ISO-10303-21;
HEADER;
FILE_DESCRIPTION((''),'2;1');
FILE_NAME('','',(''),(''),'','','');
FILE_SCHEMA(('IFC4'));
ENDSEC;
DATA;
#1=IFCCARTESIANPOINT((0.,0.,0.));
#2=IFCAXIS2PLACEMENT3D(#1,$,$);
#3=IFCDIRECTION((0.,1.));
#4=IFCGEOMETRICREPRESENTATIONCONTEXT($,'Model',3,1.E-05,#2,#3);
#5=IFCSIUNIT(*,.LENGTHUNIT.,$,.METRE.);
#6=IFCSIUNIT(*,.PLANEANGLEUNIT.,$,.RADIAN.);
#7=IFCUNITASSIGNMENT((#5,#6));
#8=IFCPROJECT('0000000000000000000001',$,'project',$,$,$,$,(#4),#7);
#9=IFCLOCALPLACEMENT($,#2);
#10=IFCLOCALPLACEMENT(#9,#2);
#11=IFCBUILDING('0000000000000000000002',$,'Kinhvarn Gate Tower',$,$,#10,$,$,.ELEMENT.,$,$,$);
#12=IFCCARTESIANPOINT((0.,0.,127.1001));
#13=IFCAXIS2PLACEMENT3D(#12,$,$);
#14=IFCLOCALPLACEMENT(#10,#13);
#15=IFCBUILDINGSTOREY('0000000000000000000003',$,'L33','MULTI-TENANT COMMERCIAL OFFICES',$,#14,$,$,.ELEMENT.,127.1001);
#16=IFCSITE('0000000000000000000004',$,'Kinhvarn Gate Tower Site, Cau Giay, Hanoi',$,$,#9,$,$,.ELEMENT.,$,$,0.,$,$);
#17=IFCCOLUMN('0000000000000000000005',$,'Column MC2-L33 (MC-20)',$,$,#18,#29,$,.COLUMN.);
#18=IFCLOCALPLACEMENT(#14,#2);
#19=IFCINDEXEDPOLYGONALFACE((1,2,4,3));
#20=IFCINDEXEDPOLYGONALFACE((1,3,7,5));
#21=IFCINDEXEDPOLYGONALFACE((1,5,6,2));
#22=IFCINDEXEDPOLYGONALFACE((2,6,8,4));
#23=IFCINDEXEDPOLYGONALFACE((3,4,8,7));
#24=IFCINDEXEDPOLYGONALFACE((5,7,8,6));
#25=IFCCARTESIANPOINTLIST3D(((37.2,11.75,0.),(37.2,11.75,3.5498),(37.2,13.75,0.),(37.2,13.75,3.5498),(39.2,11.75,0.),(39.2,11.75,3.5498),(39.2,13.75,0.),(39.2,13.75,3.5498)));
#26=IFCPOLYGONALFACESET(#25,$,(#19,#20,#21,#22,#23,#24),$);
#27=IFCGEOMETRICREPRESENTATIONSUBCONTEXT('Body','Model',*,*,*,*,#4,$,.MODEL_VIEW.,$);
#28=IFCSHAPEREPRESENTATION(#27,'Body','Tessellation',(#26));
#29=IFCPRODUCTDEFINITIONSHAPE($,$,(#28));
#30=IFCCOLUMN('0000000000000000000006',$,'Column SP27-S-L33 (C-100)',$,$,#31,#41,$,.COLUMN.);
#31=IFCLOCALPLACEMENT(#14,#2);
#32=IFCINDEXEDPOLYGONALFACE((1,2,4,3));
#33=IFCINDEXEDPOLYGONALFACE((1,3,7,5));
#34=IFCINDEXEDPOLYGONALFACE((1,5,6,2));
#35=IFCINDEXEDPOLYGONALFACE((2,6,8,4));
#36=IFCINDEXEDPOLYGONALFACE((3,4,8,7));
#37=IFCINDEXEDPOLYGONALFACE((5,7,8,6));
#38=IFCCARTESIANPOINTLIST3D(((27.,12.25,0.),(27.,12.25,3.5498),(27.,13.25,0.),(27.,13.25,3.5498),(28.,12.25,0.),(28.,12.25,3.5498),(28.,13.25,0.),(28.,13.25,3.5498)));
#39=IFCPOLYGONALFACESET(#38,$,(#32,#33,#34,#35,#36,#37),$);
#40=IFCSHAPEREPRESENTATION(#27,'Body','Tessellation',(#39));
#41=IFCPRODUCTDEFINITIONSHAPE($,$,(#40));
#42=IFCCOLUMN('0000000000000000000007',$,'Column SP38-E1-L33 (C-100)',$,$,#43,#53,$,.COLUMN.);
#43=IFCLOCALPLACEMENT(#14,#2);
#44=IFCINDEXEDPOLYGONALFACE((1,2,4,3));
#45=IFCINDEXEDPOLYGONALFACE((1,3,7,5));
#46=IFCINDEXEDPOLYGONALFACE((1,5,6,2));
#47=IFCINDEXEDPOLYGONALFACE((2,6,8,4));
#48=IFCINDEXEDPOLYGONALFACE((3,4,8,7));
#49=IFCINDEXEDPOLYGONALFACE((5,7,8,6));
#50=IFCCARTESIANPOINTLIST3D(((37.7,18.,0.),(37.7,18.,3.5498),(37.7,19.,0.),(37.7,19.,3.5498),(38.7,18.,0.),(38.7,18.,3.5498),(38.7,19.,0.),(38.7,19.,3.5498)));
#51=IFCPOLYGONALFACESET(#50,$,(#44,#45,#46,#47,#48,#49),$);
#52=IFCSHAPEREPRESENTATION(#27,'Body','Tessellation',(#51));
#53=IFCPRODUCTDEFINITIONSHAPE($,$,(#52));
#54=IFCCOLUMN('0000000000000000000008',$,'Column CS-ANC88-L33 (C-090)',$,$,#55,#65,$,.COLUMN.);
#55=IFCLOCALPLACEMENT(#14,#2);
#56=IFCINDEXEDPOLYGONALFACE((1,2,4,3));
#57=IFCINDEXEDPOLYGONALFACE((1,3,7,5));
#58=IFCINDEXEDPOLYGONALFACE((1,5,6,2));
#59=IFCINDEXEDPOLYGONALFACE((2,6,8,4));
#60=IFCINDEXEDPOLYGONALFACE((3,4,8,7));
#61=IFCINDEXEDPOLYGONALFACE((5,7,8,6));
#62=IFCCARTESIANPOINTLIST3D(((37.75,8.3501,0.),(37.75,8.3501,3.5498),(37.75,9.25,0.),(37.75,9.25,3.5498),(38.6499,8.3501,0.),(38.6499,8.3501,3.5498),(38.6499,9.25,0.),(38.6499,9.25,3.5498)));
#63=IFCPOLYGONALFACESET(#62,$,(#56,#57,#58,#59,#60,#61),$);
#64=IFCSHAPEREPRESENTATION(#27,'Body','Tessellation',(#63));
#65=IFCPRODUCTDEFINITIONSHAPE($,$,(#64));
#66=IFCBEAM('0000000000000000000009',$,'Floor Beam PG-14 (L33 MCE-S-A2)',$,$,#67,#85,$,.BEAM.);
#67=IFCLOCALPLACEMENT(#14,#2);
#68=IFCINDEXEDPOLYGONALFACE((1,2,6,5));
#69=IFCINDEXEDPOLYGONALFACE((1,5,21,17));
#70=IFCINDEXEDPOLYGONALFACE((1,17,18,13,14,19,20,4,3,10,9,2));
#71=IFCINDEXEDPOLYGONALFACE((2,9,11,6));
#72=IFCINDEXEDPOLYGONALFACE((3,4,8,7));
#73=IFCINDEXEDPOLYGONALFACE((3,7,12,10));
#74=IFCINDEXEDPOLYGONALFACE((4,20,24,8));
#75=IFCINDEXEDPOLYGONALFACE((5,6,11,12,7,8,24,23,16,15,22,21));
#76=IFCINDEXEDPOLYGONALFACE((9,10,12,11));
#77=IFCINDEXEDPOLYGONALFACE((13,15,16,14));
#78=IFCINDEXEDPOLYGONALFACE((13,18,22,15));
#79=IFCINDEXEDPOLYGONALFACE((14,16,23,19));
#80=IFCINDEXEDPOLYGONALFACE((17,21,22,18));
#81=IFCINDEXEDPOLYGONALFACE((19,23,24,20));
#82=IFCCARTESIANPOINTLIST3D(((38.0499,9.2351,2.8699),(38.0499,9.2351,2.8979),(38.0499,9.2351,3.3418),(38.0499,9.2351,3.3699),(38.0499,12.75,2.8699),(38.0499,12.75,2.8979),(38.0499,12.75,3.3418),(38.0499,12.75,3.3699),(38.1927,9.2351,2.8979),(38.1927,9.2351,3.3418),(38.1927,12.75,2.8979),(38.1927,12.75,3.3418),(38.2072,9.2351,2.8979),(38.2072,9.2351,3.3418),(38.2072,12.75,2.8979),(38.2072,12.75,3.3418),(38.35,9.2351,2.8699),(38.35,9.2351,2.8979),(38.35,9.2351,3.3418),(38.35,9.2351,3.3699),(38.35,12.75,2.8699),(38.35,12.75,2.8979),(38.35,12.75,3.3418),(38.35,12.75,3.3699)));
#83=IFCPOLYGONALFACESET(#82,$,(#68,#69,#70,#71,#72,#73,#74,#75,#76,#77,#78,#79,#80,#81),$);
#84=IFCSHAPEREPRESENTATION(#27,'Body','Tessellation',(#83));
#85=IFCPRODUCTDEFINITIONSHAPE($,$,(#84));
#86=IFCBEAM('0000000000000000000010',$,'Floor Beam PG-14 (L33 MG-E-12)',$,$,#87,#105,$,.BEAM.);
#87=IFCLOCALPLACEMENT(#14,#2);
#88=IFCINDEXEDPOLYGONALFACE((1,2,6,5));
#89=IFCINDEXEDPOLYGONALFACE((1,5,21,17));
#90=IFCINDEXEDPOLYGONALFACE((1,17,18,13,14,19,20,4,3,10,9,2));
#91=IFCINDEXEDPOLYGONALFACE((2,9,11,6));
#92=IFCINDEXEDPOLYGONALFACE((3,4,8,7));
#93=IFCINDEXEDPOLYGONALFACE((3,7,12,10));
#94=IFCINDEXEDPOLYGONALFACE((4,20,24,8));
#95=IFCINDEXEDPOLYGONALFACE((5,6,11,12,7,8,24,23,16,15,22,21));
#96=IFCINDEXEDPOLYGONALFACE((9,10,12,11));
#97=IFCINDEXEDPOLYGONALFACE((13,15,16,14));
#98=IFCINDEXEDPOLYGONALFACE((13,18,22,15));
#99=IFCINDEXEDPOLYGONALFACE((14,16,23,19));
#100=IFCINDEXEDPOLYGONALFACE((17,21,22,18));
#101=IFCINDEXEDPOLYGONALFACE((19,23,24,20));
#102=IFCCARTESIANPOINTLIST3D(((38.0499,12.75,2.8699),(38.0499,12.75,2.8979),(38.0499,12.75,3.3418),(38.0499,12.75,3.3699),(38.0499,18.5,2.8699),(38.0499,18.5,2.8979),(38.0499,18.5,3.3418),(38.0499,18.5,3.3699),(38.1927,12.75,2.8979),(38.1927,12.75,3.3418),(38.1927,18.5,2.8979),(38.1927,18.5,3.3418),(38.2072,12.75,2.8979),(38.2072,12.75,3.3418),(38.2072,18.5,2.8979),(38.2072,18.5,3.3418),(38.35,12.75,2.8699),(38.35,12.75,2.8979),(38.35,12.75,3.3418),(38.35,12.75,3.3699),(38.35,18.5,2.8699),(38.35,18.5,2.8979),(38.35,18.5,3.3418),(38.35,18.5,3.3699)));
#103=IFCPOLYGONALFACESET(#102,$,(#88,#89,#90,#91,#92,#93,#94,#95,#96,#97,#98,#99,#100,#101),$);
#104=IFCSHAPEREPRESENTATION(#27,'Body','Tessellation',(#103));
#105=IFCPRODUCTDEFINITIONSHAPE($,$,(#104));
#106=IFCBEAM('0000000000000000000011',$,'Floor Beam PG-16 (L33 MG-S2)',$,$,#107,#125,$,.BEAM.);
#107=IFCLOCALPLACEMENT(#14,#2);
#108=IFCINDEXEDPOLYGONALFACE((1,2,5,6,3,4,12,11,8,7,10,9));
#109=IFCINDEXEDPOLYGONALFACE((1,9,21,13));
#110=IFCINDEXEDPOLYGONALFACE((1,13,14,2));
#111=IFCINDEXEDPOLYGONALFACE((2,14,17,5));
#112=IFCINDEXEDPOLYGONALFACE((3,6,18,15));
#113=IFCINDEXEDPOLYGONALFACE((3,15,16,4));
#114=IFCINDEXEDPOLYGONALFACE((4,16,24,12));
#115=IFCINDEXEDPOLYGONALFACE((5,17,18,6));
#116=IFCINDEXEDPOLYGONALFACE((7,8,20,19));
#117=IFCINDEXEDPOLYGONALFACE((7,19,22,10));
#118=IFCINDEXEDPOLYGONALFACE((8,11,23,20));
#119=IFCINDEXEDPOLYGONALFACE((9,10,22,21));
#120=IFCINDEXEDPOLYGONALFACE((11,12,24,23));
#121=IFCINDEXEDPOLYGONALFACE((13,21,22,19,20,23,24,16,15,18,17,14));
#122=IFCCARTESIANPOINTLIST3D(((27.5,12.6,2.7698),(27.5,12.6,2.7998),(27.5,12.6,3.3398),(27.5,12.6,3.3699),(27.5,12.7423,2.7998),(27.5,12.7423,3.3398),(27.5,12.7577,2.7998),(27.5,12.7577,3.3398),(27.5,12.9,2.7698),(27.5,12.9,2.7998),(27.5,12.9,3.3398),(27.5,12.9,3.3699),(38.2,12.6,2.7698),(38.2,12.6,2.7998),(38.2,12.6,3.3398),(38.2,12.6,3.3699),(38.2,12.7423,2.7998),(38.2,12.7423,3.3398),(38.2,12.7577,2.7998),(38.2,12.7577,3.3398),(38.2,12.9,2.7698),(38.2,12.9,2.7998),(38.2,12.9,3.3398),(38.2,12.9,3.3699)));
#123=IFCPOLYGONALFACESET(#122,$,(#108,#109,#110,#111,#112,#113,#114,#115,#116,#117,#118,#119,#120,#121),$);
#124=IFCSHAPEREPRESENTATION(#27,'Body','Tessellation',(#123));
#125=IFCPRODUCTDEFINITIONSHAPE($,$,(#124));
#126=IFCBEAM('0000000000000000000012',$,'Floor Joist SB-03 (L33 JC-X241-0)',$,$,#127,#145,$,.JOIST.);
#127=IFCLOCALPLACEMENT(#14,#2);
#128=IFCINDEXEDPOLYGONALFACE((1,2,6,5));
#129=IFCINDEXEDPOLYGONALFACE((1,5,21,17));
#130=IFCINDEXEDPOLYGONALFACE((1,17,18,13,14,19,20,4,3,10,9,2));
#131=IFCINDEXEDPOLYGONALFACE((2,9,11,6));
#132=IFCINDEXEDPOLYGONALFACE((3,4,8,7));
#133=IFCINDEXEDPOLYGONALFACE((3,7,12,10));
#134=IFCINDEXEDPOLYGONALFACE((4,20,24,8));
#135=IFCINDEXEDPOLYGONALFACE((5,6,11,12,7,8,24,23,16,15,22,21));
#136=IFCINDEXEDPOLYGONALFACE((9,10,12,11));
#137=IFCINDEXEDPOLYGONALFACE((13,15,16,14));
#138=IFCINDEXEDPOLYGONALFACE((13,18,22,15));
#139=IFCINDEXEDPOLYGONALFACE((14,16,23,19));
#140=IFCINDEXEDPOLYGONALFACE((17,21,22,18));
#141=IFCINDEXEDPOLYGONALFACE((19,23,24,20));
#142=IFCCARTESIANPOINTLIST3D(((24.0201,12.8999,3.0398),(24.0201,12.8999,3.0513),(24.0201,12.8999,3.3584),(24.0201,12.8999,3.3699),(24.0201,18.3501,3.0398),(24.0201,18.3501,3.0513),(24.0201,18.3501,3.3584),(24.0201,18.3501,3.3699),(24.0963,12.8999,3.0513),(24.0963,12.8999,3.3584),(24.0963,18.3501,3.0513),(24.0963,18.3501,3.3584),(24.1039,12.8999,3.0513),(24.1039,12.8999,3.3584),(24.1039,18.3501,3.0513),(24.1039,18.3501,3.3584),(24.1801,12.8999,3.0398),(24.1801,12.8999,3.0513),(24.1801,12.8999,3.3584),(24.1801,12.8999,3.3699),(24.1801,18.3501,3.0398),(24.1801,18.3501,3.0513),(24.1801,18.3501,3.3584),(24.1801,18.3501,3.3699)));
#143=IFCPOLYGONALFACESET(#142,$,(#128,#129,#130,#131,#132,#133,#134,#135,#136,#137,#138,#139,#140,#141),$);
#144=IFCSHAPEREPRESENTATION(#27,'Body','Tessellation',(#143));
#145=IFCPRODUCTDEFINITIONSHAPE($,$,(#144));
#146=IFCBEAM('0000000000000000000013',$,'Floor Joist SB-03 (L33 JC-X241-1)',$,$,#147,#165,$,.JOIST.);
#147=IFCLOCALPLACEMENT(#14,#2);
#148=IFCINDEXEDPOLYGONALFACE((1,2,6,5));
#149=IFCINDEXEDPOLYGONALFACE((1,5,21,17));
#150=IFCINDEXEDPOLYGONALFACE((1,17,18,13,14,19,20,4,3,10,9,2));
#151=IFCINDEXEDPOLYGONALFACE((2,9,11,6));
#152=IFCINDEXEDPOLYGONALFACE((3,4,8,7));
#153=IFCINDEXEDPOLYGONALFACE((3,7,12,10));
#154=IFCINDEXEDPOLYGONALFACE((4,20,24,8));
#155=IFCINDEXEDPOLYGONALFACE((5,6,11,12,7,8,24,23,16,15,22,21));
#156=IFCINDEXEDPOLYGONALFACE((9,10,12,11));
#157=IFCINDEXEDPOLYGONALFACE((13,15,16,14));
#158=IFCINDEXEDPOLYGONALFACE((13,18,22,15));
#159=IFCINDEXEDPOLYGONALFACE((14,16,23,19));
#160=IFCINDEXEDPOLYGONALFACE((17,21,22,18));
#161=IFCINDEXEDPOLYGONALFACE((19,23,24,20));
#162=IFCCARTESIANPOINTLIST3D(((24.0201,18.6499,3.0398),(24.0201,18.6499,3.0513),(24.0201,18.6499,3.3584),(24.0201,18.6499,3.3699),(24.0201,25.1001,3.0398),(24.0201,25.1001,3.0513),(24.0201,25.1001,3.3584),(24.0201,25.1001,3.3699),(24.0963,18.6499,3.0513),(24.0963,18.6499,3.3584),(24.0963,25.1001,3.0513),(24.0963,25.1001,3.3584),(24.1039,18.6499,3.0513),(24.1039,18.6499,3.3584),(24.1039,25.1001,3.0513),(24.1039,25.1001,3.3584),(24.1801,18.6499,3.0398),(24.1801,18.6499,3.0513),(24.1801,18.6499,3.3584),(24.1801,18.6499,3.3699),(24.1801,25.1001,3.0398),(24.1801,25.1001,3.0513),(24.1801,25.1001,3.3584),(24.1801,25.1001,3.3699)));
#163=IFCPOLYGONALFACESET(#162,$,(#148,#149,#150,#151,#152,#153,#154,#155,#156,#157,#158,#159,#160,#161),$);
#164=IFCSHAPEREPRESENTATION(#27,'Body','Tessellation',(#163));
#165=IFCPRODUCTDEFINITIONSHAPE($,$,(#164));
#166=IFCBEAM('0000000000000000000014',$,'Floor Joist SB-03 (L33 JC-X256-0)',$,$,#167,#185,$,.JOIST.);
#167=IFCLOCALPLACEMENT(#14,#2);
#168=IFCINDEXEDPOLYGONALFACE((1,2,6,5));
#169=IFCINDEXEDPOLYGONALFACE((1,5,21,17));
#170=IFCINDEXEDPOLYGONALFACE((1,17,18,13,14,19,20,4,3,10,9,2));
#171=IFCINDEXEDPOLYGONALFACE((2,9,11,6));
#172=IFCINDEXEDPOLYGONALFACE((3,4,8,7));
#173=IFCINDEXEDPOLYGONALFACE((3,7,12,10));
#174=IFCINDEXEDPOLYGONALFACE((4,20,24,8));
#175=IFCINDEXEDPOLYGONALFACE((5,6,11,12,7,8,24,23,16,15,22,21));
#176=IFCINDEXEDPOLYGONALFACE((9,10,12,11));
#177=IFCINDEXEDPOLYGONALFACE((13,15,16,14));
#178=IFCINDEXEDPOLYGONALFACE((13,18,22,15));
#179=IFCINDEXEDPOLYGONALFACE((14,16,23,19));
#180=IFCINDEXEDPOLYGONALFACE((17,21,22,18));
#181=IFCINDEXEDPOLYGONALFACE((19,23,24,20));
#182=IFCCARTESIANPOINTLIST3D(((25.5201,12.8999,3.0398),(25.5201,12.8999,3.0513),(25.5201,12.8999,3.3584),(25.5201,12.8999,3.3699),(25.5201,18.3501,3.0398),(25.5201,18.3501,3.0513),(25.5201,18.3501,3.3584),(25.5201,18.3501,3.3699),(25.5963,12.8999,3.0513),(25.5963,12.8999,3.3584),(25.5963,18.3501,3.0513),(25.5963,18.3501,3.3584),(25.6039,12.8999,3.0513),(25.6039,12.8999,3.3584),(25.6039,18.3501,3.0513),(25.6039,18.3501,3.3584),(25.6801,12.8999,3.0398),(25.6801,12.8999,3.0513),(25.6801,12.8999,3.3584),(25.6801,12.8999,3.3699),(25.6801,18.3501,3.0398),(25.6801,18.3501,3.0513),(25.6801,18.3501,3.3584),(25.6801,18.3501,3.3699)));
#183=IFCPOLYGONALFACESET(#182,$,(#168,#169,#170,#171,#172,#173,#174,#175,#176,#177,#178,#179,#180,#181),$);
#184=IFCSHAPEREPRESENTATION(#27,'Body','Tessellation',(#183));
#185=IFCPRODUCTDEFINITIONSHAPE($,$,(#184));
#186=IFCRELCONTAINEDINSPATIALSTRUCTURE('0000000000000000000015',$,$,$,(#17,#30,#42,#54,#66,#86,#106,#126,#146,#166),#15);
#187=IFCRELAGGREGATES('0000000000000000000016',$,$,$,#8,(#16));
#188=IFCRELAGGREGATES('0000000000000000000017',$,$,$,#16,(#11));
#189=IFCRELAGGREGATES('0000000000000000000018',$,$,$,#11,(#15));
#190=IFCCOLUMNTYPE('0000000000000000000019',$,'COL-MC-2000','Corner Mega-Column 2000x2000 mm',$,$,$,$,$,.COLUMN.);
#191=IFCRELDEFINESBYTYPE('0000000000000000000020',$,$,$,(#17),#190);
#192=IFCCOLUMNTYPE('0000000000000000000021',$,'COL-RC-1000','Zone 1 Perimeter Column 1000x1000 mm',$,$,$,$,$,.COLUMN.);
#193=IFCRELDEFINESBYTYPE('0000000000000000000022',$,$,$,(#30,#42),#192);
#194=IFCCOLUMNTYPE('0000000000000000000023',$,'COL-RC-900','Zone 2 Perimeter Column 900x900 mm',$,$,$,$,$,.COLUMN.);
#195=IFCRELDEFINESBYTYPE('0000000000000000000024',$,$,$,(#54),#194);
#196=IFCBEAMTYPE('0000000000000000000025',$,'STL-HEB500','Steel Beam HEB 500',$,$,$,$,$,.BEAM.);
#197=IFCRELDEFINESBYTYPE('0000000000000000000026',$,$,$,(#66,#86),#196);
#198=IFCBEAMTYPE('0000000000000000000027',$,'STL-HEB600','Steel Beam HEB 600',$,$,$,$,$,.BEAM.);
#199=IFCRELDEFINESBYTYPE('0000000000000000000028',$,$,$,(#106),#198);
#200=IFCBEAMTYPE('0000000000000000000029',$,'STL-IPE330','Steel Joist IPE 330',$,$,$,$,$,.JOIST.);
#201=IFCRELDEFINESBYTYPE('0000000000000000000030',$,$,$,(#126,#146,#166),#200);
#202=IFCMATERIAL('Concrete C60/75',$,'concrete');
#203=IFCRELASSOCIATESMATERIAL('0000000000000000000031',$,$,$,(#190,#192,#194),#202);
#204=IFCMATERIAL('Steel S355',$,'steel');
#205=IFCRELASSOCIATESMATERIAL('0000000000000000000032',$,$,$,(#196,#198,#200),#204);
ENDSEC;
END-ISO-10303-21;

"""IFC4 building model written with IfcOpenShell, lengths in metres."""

from ifc_helpers import new_model, si_unit, direction, frame, origin, origin_2d, place, context, subcontext, project, spatial, rectangle, i_section, extrude, material, material_profile, profile_set, type_object, element, save


model = new_model("IFC4")

# Units and contexts
model_context = context("Model", 3, precision=1e-05, world=origin(), true_north=direction((0.0, 1.0)))
body_context = subcontext(model_context, "Body", "Model", "MODEL_VIEW")
ifc_project = project(units=[si_unit("LENGTHUNIT", "METRE"), si_unit("PLANEANGLEUNIT", "RADIAN")], contexts=[model_context])

# Site, building, storey
site_placement = place(None, origin())
site = spatial("IfcSite", under=ifc_project, at=site_placement, Name="Kinhvarn Gate Tower Site, Cau Giay, Hanoi", CompositionType="ELEMENT", RefElevation=0.0)
building_placement = place(site_placement, origin())
building = spatial("IfcBuilding", under=site, at=building_placement, Name="Kinhvarn Gate Tower", CompositionType="ELEMENT")
storey_placement = place(building_placement, frame((0.0, 0.0, 127.1001)))
storey = spatial("IfcBuildingStorey", under=building, at=storey_placement, Name="L33", Description="MULTI-TENANT COMMERCIAL OFFICES", CompositionType="ELEMENT", Elevation=127.1001)

# Columns
ifc_material_1 = material(Name="Concrete C60/75", Category="concrete")
ifc_material_profile_1 = material_profile(ifc_material_1, rectangle(XDim=2.0, YDim=2.0, at=origin_2d()), Name="RC 2000x2000")
ifc_profile_set_1 = profile_set([ifc_material_profile_1], Name="Concrete C60/75")
column_type_1 = type_object("IfcColumnType", Name="COL-MC-2000", Description="Corner Mega-Column 2000x2000 mm", PredefinedType="COLUMN", material=ifc_profile_set_1)
column_1_placement = place(storey_placement, frame((38.2, 12.75, 0.0), z_axis=(0.0, 0.0, 1.0), x_axis=(1.0, 0.0, 0.0)))
element("IfcColumn", 1, at=column_1_placement, inside=storey, type_object=column_type_1, Name="Column MC2-L33 (MC-20)", PredefinedType="COLUMN", context=body_context, shape_type="SweptSolid", body=[
    extrude(rectangle(XDim=2.0, YDim=2.0, at=origin_2d()), origin(), (0.0, 0.0, 1.0), 3.5498),
])
ifc_material_profile_2 = material_profile(ifc_material_1, rectangle(XDim=1.0, YDim=1.0, at=origin_2d()), Name="RC 1000x1000")
ifc_profile_set_2 = profile_set([ifc_material_profile_2], Name="Concrete C60/75")
column_type_2 = type_object("IfcColumnType", Name="COL-RC-1000", Description="Zone 1 Perimeter Column 1000x1000 mm", PredefinedType="COLUMN", material=ifc_profile_set_2)
for number, where, z_axis, x_axis, name in (
    (2, (27.5, 12.75, 0.0), (0.0, 0.0, 1.0), (1.0, 0.0, 0.0), "Column SP27-S-L33 (C-100)"),
    (3, (38.2, 18.5, 0.0), (0.0, 0.0, 1.0), (1.0, 0.0, 0.0), "Column SP38-E1-L33 (C-100)"),
):
    element("IfcColumn", number, at=place(storey_placement, frame(where, z_axis=z_axis, x_axis=x_axis)), inside=storey, type_object=column_type_2, Name=name, PredefinedType="COLUMN", context=body_context, shape_type="SweptSolid", body=[
        extrude(rectangle(XDim=1.0, YDim=1.0, at=origin_2d()), origin(), (0.0, 0.0, 1.0), 3.5498),
    ])
ifc_material_profile_3 = material_profile(ifc_material_1, rectangle(XDim=0.8999, YDim=0.8999, at=origin_2d()), Name="RC 900x900")
ifc_profile_set_3 = profile_set([ifc_material_profile_3], Name="Concrete C60/75")
column_type_3 = type_object("IfcColumnType", Name="COL-RC-900", Description="Zone 2 Perimeter Column 900x900 mm", PredefinedType="COLUMN", material=ifc_profile_set_3)
column_2_placement = place(storey_placement, frame((38.2, 8.8, 0.0), z_axis=(0.0, 0.0, 1.0), x_axis=(1.0, 0.0, 0.0)))
element("IfcColumn", 4, at=column_2_placement, inside=storey, type_object=column_type_3, Name="Column CS-ANC88-L33 (C-090)", PredefinedType="COLUMN", context=body_context, shape_type="SweptSolid", body=[
    extrude(rectangle(XDim=0.8999, YDim=0.8999, at=origin_2d()), origin(), (0.0, 0.0, 1.0), 3.5498),
])

# Beams
ifc_material_2 = material(Name="Steel S355", Category="steel")
ifc_material_profile_4 = material_profile(ifc_material_2, i_section(OverallWidth=0.3, OverallDepth=0.5, WebThickness=0.0144, FlangeThickness=0.0281, at=origin_2d()), Name="HEB 500")
ifc_profile_set_4 = profile_set([ifc_material_profile_4], Name="Steel S355")
beam_type_1 = type_object("IfcBeamType", Name="STL-HEB500", Description="Steel Beam HEB 500", PredefinedType="BEAM", material=ifc_profile_set_4)
beam_1_placement = place(storey_placement, frame((38.2, 9.2351, 3.1199), z_axis=(0.0, 1.0, 0.0), x_axis=(-1.0, 0.0, 0.0)))
element("IfcBeam", 5, at=beam_1_placement, inside=storey, type_object=beam_type_1, Name="Floor Beam PG-14 (L33 MCE-S-A2)", PredefinedType="BEAM", context=body_context, shape_type="SweptSolid", body=[
    extrude(i_section(OverallWidth=0.3, OverallDepth=0.5, WebThickness=0.0144, FlangeThickness=0.0281, at=origin_2d()), origin(), (0.0, 0.0, 1.0), 3.5149),
])
beam_2_placement = place(storey_placement, frame((38.2, 12.75, 3.1199), z_axis=(0.0, 1.0, 0.0), x_axis=(-1.0, 0.0, 0.0)))
element("IfcBeam", 6, at=beam_2_placement, inside=storey, type_object=beam_type_1, Name="Floor Beam PG-14 (L33 MG-E-12)", PredefinedType="BEAM", context=body_context, shape_type="SweptSolid", body=[
    extrude(i_section(OverallWidth=0.3, OverallDepth=0.5, WebThickness=0.0144, FlangeThickness=0.0281, at=origin_2d()), origin(), (0.0, 0.0, 1.0), 5.75),
])
ifc_material_profile_5 = material_profile(ifc_material_2, i_section(OverallWidth=0.3, OverallDepth=0.6001, WebThickness=0.0154, FlangeThickness=0.03, at=origin_2d()), Name="HEB 600")
ifc_profile_set_5 = profile_set([ifc_material_profile_5], Name="Steel S355")
beam_type_2 = type_object("IfcBeamType", Name="STL-HEB600", Description="Steel Beam HEB 600", PredefinedType="BEAM", material=ifc_profile_set_5)
beam_3_placement = place(storey_placement, frame((27.5, 12.75, 3.0698), z_axis=(1.0, 0.0, 0.0), x_axis=(0.0, 1.0, 0.0)))
element("IfcBeam", 7, at=beam_3_placement, inside=storey, type_object=beam_type_2, Name="Floor Beam PG-16 (L33 MG-S2)", PredefinedType="BEAM", context=body_context, shape_type="SweptSolid", body=[
    extrude(i_section(OverallWidth=0.3, OverallDepth=0.6001, WebThickness=0.0154, FlangeThickness=0.03, at=origin_2d()), origin(), (0.0, 0.0, 1.0), 10.7),
])
ifc_material_profile_6 = material_profile(ifc_material_2, i_section(OverallWidth=0.1599, OverallDepth=0.3301, WebThickness=0.0076, FlangeThickness=0.0115, at=origin_2d()), Name="IPE 330")
ifc_profile_set_6 = profile_set([ifc_material_profile_6], Name="Steel S355")
beam_type_3 = type_object("IfcBeamType", Name="STL-IPE330", Description="Steel Joist IPE 330", PredefinedType="JOIST", material=ifc_profile_set_6)
beam_4_placement = place(storey_placement, frame((24.1001, 12.8999, 3.2048), z_axis=(0.0, 1.0, 0.0), x_axis=(-1.0, 0.0, 0.0)))
element("IfcBeam", 8, at=beam_4_placement, inside=storey, type_object=beam_type_3, Name="Floor Joist SB-03 (L33 JC-X241-0)", PredefinedType="JOIST", context=body_context, shape_type="SweptSolid", body=[
    extrude(i_section(OverallWidth=0.1599, OverallDepth=0.3301, WebThickness=0.0076, FlangeThickness=0.0115, at=origin_2d()), origin(), (0.0, 0.0, 1.0), 5.4502),
])
beam_5_placement = place(storey_placement, frame((24.1001, 18.6499, 3.2048), z_axis=(0.0, 1.0, 0.0), x_axis=(-1.0, 0.0, 0.0)))
element("IfcBeam", 9, at=beam_5_placement, inside=storey, type_object=beam_type_3, Name="Floor Joist SB-03 (L33 JC-X241-1)", PredefinedType="JOIST", context=body_context, shape_type="SweptSolid", body=[
    extrude(i_section(OverallWidth=0.1599, OverallDepth=0.3301, WebThickness=0.0076, FlangeThickness=0.0115, at=origin_2d()), origin(), (0.0, 0.0, 1.0), 6.4502),
])
beam_6_placement = place(storey_placement, frame((25.6001, 12.8999, 3.2048), z_axis=(0.0, 1.0, 0.0), x_axis=(-1.0, 0.0, 0.0)))
element("IfcBeam", 10, at=beam_6_placement, inside=storey, type_object=beam_type_3, Name="Floor Joist SB-03 (L33 JC-X256-0)", PredefinedType="JOIST", context=body_context, shape_type="SweptSolid", body=[
    extrude(i_section(OverallWidth=0.1599, OverallDepth=0.3301, WebThickness=0.0076, FlangeThickness=0.0115, at=origin_2d()), origin(), (0.0, 0.0, 1.0), 5.4502),
])

save(model, "model.ifc")
